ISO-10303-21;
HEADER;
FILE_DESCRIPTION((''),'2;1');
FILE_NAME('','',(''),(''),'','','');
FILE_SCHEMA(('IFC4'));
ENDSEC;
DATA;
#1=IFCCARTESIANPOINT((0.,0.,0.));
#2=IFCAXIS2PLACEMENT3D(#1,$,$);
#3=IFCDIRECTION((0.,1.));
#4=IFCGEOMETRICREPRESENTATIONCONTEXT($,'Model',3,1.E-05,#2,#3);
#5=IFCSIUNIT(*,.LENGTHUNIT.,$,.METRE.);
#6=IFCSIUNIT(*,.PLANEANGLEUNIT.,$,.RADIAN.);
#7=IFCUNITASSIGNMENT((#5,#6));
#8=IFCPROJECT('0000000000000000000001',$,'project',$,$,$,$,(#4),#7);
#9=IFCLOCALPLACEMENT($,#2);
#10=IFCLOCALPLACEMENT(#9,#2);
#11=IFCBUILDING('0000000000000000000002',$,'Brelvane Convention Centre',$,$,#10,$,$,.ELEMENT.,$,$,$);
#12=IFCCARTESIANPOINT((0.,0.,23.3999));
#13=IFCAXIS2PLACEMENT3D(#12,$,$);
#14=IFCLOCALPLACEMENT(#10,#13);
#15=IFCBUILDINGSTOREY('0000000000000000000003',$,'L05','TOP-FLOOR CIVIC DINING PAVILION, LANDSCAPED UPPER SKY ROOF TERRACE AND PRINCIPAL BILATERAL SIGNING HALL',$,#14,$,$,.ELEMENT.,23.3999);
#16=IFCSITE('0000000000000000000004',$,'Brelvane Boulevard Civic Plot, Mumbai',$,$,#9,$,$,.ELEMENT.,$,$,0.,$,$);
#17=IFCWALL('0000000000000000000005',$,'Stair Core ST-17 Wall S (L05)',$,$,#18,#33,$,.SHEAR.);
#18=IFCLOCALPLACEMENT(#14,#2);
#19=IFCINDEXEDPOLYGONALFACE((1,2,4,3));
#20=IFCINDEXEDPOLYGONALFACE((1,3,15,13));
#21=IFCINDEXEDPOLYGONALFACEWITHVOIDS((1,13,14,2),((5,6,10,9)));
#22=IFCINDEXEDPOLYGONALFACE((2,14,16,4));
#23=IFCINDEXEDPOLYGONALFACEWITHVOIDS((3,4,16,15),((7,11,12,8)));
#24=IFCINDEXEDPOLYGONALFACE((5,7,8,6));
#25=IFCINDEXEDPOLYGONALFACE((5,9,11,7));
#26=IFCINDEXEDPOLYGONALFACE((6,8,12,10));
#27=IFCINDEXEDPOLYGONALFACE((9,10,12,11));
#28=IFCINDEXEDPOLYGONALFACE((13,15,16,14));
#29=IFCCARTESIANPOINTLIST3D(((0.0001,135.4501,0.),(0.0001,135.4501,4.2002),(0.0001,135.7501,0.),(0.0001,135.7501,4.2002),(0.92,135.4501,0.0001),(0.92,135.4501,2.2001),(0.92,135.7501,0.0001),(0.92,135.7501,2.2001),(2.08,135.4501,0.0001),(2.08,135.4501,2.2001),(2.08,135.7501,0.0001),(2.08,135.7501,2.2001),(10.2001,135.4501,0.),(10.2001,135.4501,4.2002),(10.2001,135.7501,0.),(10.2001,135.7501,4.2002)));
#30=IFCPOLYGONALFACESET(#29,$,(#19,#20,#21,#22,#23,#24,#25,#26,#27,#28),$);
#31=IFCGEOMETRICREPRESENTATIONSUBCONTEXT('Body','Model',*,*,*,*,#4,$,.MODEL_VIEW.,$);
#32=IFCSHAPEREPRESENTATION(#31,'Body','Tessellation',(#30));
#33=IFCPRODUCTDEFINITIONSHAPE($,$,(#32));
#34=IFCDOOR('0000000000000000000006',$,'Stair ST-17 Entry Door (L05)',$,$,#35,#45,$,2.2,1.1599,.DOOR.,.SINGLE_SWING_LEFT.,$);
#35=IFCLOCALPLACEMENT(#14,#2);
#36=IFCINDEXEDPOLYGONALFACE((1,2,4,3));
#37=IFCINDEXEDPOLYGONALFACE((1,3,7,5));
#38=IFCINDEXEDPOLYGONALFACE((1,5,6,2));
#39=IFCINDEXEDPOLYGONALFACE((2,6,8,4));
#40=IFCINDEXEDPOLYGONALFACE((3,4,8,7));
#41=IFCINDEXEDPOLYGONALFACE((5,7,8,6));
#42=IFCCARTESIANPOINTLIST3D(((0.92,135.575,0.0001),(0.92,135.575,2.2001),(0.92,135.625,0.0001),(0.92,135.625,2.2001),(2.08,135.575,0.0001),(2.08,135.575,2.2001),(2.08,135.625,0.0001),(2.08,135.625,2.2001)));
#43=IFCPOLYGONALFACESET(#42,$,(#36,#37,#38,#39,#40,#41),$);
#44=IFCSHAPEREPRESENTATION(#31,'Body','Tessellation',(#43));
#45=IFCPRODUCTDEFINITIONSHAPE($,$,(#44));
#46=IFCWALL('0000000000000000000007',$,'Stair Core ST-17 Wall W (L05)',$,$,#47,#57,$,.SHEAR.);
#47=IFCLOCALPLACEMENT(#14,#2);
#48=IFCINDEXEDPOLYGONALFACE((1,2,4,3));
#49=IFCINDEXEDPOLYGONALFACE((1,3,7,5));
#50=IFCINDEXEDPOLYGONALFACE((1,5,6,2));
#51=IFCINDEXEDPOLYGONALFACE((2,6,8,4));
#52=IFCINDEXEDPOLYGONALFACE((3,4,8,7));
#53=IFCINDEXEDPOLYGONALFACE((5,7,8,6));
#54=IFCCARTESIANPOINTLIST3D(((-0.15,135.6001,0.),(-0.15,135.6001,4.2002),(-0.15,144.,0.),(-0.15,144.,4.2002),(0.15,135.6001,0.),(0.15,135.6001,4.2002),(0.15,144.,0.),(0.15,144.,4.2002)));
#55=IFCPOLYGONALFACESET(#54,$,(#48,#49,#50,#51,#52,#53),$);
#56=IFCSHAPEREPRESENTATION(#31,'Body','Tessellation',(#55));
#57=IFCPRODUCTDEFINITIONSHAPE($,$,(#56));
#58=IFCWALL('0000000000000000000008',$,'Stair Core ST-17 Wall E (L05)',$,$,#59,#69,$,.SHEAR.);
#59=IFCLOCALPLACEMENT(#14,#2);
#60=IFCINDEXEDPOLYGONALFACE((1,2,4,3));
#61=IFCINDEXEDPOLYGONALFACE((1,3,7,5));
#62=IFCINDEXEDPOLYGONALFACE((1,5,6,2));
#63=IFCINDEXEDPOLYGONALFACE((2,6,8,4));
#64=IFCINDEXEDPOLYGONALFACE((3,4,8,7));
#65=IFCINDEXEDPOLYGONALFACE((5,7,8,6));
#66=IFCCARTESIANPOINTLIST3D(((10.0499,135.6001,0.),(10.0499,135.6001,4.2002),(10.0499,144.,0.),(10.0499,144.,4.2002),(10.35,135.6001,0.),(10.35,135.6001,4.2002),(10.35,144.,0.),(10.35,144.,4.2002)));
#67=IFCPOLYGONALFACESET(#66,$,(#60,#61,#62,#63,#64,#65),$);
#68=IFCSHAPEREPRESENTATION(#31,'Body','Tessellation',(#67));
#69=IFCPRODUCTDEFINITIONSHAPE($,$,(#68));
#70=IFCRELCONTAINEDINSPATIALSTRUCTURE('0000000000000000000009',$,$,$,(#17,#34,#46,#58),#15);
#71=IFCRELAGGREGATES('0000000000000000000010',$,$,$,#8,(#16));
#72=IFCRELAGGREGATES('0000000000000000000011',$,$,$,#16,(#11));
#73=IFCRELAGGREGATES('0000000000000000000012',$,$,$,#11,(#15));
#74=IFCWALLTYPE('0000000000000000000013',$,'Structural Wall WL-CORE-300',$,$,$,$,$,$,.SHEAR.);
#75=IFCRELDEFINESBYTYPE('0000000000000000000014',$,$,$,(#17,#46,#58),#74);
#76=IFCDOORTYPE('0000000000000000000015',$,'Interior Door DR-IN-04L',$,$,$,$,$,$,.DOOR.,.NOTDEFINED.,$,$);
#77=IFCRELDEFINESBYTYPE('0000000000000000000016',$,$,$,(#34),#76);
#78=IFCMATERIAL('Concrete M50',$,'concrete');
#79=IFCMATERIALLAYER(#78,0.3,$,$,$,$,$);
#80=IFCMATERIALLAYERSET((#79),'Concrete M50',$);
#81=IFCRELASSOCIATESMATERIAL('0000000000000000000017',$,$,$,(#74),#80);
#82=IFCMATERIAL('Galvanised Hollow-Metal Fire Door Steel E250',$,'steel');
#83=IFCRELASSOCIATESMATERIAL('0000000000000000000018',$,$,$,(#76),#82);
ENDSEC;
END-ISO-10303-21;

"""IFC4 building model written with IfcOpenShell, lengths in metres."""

from ifc_helpers import new_model, si_unit, direction, frame, frame_2d, origin, place, context, subcontext, project, spatial, rectangle, extrude, material, layer, layer_set, type_object, element, fill, save


model = new_model("IFC4")

# Units and contexts
model_context = context("Model", 3, precision=1e-05, world=origin(), true_north=direction((0.0, 1.0)))
body_context = subcontext(model_context, "Body", "Model", "MODEL_VIEW")
ifc_project = project(units=[si_unit("LENGTHUNIT", "METRE"), si_unit("PLANEANGLEUNIT", "RADIAN")], contexts=[model_context])

# Site, building, storey
site_placement = place(None, origin())
site = spatial("IfcSite", under=ifc_project, at=site_placement, Name="Brelvane Boulevard Civic Plot, Mumbai", CompositionType="ELEMENT", RefElevation=0.0)
building_placement = place(site_placement, origin())
building = spatial("IfcBuilding", under=site, at=building_placement, Name="Brelvane Convention Centre", CompositionType="ELEMENT")
storey_placement = place(building_placement, frame((0.0, 0.0, 23.3999)))
storey = spatial("IfcBuildingStorey", under=building, at=storey_placement, Name="L05", Description="TOP-FLOOR CIVIC DINING PAVILION, LANDSCAPED UPPER SKY ROOF TERRACE AND PRINCIPAL BILATERAL SIGNING HALL", CompositionType="ELEMENT", Elevation=23.3999)

# Wall, opening, door
ifc_material_1 = material(Name="Concrete M50", Category="concrete")
ifc_layer_1 = layer(ifc_material_1, 0.3)
ifc_layer_set_1 = layer_set([ifc_layer_1], Name="Concrete M50")
wall_type_1 = type_object("IfcWallType", Name="Structural Wall WL-CORE-300", PredefinedType="SHEAR", material=ifc_layer_set_1)
wall_1_placement = place(storey_placement, frame((0.0, 135.6001, 0.0), z_axis=(0.0, 0.0, 1.0), x_axis=(1.0, 0.0, 0.0)))
wall_1 = element("IfcWall", 1, at=wall_1_placement, inside=storey, type_object=wall_type_1, Name="Stair Core ST-17 Wall S (L05)", PredefinedType="SHEAR", context=body_context, shape_type="SweptSolid", body=[
    extrude(rectangle(XDim=10.2, YDim=0.3, at=frame_2d((5.1001, 0.0))), origin(), (0.0, 0.0, 1.0), 4.2002),
])
opening_1_placement = place(wall_1_placement, frame((0.9199, 0.0, 0.0)))
opening_1 = element("IfcOpeningElement", 2, at=opening_1_placement, cuts=wall_1, PredefinedType="OPENING", context=body_context, shape_type="SweptSolid", body=[
    extrude(rectangle(XDim=1.1599, YDim=2.2, at=frame_2d((0.5801, 1.1001))), frame((0.0, 0.1599, 0.0), z_axis=(0.0, -1.0, 0.0), x_axis=(1.0, 0.0, 0.0)), (0.0, 0.0, 1.0), 0.3201),
])
ifc_material_2 = material(Name="Galvanised Hollow-Metal Fire Door Steel E250", Category="steel")
door_type_1 = type_object("IfcDoorType", Name="Interior Door DR-IN-04L", OperationType="NOTDEFINED", PredefinedType="DOOR", material=ifc_material_2)
door_1_placement = place(opening_1_placement, origin())
door_1 = element("IfcDoor", 3, at=door_1_placement, inside=storey, type_object=door_type_1, Name="Stair ST-17 Entry Door (L05)", OperationType="SINGLE_SWING_LEFT", OverallHeight=2.2, OverallWidth=1.1599, PredefinedType="DOOR", context=body_context, shape_type="SweptSolid", body=[
    extrude(rectangle(XDim=1.1599, YDim=2.2, at=frame_2d((0.5801, 1.1001))), frame((0.0, 0.0249, 0.0), z_axis=(0.0, -1.0, 0.0), x_axis=(1.0, 0.0, 0.0)), (0.0, 0.0, 1.0), 0.05),
])
fill(opening_1, door_1)

# Walls
for number, where, z_axis, x_axis, name in (
    (4, (0.0, 135.6001, 0.0), (0.0, 0.0, 1.0), (0.0, 1.0, 0.0), "Stair Core ST-17 Wall W (L05)"),
    (5, (10.2, 135.6001, 0.0), (0.0, 0.0, 1.0), (0.0, 1.0, 0.0), "Stair Core ST-17 Wall E (L05)"),
):
    element("IfcWall", number, at=place(storey_placement, frame(where, z_axis=z_axis, x_axis=x_axis)), inside=storey, type_object=wall_type_1, Name=name, PredefinedType="SHEAR", context=body_context, shape_type="SweptSolid", body=[
        extrude(rectangle(XDim=8.3999, YDim=0.3, at=frame_2d((4.2, 0.0))), origin(), (0.0, 0.0, 1.0), 4.2002),
    ])

save(model, "model.ifc")
